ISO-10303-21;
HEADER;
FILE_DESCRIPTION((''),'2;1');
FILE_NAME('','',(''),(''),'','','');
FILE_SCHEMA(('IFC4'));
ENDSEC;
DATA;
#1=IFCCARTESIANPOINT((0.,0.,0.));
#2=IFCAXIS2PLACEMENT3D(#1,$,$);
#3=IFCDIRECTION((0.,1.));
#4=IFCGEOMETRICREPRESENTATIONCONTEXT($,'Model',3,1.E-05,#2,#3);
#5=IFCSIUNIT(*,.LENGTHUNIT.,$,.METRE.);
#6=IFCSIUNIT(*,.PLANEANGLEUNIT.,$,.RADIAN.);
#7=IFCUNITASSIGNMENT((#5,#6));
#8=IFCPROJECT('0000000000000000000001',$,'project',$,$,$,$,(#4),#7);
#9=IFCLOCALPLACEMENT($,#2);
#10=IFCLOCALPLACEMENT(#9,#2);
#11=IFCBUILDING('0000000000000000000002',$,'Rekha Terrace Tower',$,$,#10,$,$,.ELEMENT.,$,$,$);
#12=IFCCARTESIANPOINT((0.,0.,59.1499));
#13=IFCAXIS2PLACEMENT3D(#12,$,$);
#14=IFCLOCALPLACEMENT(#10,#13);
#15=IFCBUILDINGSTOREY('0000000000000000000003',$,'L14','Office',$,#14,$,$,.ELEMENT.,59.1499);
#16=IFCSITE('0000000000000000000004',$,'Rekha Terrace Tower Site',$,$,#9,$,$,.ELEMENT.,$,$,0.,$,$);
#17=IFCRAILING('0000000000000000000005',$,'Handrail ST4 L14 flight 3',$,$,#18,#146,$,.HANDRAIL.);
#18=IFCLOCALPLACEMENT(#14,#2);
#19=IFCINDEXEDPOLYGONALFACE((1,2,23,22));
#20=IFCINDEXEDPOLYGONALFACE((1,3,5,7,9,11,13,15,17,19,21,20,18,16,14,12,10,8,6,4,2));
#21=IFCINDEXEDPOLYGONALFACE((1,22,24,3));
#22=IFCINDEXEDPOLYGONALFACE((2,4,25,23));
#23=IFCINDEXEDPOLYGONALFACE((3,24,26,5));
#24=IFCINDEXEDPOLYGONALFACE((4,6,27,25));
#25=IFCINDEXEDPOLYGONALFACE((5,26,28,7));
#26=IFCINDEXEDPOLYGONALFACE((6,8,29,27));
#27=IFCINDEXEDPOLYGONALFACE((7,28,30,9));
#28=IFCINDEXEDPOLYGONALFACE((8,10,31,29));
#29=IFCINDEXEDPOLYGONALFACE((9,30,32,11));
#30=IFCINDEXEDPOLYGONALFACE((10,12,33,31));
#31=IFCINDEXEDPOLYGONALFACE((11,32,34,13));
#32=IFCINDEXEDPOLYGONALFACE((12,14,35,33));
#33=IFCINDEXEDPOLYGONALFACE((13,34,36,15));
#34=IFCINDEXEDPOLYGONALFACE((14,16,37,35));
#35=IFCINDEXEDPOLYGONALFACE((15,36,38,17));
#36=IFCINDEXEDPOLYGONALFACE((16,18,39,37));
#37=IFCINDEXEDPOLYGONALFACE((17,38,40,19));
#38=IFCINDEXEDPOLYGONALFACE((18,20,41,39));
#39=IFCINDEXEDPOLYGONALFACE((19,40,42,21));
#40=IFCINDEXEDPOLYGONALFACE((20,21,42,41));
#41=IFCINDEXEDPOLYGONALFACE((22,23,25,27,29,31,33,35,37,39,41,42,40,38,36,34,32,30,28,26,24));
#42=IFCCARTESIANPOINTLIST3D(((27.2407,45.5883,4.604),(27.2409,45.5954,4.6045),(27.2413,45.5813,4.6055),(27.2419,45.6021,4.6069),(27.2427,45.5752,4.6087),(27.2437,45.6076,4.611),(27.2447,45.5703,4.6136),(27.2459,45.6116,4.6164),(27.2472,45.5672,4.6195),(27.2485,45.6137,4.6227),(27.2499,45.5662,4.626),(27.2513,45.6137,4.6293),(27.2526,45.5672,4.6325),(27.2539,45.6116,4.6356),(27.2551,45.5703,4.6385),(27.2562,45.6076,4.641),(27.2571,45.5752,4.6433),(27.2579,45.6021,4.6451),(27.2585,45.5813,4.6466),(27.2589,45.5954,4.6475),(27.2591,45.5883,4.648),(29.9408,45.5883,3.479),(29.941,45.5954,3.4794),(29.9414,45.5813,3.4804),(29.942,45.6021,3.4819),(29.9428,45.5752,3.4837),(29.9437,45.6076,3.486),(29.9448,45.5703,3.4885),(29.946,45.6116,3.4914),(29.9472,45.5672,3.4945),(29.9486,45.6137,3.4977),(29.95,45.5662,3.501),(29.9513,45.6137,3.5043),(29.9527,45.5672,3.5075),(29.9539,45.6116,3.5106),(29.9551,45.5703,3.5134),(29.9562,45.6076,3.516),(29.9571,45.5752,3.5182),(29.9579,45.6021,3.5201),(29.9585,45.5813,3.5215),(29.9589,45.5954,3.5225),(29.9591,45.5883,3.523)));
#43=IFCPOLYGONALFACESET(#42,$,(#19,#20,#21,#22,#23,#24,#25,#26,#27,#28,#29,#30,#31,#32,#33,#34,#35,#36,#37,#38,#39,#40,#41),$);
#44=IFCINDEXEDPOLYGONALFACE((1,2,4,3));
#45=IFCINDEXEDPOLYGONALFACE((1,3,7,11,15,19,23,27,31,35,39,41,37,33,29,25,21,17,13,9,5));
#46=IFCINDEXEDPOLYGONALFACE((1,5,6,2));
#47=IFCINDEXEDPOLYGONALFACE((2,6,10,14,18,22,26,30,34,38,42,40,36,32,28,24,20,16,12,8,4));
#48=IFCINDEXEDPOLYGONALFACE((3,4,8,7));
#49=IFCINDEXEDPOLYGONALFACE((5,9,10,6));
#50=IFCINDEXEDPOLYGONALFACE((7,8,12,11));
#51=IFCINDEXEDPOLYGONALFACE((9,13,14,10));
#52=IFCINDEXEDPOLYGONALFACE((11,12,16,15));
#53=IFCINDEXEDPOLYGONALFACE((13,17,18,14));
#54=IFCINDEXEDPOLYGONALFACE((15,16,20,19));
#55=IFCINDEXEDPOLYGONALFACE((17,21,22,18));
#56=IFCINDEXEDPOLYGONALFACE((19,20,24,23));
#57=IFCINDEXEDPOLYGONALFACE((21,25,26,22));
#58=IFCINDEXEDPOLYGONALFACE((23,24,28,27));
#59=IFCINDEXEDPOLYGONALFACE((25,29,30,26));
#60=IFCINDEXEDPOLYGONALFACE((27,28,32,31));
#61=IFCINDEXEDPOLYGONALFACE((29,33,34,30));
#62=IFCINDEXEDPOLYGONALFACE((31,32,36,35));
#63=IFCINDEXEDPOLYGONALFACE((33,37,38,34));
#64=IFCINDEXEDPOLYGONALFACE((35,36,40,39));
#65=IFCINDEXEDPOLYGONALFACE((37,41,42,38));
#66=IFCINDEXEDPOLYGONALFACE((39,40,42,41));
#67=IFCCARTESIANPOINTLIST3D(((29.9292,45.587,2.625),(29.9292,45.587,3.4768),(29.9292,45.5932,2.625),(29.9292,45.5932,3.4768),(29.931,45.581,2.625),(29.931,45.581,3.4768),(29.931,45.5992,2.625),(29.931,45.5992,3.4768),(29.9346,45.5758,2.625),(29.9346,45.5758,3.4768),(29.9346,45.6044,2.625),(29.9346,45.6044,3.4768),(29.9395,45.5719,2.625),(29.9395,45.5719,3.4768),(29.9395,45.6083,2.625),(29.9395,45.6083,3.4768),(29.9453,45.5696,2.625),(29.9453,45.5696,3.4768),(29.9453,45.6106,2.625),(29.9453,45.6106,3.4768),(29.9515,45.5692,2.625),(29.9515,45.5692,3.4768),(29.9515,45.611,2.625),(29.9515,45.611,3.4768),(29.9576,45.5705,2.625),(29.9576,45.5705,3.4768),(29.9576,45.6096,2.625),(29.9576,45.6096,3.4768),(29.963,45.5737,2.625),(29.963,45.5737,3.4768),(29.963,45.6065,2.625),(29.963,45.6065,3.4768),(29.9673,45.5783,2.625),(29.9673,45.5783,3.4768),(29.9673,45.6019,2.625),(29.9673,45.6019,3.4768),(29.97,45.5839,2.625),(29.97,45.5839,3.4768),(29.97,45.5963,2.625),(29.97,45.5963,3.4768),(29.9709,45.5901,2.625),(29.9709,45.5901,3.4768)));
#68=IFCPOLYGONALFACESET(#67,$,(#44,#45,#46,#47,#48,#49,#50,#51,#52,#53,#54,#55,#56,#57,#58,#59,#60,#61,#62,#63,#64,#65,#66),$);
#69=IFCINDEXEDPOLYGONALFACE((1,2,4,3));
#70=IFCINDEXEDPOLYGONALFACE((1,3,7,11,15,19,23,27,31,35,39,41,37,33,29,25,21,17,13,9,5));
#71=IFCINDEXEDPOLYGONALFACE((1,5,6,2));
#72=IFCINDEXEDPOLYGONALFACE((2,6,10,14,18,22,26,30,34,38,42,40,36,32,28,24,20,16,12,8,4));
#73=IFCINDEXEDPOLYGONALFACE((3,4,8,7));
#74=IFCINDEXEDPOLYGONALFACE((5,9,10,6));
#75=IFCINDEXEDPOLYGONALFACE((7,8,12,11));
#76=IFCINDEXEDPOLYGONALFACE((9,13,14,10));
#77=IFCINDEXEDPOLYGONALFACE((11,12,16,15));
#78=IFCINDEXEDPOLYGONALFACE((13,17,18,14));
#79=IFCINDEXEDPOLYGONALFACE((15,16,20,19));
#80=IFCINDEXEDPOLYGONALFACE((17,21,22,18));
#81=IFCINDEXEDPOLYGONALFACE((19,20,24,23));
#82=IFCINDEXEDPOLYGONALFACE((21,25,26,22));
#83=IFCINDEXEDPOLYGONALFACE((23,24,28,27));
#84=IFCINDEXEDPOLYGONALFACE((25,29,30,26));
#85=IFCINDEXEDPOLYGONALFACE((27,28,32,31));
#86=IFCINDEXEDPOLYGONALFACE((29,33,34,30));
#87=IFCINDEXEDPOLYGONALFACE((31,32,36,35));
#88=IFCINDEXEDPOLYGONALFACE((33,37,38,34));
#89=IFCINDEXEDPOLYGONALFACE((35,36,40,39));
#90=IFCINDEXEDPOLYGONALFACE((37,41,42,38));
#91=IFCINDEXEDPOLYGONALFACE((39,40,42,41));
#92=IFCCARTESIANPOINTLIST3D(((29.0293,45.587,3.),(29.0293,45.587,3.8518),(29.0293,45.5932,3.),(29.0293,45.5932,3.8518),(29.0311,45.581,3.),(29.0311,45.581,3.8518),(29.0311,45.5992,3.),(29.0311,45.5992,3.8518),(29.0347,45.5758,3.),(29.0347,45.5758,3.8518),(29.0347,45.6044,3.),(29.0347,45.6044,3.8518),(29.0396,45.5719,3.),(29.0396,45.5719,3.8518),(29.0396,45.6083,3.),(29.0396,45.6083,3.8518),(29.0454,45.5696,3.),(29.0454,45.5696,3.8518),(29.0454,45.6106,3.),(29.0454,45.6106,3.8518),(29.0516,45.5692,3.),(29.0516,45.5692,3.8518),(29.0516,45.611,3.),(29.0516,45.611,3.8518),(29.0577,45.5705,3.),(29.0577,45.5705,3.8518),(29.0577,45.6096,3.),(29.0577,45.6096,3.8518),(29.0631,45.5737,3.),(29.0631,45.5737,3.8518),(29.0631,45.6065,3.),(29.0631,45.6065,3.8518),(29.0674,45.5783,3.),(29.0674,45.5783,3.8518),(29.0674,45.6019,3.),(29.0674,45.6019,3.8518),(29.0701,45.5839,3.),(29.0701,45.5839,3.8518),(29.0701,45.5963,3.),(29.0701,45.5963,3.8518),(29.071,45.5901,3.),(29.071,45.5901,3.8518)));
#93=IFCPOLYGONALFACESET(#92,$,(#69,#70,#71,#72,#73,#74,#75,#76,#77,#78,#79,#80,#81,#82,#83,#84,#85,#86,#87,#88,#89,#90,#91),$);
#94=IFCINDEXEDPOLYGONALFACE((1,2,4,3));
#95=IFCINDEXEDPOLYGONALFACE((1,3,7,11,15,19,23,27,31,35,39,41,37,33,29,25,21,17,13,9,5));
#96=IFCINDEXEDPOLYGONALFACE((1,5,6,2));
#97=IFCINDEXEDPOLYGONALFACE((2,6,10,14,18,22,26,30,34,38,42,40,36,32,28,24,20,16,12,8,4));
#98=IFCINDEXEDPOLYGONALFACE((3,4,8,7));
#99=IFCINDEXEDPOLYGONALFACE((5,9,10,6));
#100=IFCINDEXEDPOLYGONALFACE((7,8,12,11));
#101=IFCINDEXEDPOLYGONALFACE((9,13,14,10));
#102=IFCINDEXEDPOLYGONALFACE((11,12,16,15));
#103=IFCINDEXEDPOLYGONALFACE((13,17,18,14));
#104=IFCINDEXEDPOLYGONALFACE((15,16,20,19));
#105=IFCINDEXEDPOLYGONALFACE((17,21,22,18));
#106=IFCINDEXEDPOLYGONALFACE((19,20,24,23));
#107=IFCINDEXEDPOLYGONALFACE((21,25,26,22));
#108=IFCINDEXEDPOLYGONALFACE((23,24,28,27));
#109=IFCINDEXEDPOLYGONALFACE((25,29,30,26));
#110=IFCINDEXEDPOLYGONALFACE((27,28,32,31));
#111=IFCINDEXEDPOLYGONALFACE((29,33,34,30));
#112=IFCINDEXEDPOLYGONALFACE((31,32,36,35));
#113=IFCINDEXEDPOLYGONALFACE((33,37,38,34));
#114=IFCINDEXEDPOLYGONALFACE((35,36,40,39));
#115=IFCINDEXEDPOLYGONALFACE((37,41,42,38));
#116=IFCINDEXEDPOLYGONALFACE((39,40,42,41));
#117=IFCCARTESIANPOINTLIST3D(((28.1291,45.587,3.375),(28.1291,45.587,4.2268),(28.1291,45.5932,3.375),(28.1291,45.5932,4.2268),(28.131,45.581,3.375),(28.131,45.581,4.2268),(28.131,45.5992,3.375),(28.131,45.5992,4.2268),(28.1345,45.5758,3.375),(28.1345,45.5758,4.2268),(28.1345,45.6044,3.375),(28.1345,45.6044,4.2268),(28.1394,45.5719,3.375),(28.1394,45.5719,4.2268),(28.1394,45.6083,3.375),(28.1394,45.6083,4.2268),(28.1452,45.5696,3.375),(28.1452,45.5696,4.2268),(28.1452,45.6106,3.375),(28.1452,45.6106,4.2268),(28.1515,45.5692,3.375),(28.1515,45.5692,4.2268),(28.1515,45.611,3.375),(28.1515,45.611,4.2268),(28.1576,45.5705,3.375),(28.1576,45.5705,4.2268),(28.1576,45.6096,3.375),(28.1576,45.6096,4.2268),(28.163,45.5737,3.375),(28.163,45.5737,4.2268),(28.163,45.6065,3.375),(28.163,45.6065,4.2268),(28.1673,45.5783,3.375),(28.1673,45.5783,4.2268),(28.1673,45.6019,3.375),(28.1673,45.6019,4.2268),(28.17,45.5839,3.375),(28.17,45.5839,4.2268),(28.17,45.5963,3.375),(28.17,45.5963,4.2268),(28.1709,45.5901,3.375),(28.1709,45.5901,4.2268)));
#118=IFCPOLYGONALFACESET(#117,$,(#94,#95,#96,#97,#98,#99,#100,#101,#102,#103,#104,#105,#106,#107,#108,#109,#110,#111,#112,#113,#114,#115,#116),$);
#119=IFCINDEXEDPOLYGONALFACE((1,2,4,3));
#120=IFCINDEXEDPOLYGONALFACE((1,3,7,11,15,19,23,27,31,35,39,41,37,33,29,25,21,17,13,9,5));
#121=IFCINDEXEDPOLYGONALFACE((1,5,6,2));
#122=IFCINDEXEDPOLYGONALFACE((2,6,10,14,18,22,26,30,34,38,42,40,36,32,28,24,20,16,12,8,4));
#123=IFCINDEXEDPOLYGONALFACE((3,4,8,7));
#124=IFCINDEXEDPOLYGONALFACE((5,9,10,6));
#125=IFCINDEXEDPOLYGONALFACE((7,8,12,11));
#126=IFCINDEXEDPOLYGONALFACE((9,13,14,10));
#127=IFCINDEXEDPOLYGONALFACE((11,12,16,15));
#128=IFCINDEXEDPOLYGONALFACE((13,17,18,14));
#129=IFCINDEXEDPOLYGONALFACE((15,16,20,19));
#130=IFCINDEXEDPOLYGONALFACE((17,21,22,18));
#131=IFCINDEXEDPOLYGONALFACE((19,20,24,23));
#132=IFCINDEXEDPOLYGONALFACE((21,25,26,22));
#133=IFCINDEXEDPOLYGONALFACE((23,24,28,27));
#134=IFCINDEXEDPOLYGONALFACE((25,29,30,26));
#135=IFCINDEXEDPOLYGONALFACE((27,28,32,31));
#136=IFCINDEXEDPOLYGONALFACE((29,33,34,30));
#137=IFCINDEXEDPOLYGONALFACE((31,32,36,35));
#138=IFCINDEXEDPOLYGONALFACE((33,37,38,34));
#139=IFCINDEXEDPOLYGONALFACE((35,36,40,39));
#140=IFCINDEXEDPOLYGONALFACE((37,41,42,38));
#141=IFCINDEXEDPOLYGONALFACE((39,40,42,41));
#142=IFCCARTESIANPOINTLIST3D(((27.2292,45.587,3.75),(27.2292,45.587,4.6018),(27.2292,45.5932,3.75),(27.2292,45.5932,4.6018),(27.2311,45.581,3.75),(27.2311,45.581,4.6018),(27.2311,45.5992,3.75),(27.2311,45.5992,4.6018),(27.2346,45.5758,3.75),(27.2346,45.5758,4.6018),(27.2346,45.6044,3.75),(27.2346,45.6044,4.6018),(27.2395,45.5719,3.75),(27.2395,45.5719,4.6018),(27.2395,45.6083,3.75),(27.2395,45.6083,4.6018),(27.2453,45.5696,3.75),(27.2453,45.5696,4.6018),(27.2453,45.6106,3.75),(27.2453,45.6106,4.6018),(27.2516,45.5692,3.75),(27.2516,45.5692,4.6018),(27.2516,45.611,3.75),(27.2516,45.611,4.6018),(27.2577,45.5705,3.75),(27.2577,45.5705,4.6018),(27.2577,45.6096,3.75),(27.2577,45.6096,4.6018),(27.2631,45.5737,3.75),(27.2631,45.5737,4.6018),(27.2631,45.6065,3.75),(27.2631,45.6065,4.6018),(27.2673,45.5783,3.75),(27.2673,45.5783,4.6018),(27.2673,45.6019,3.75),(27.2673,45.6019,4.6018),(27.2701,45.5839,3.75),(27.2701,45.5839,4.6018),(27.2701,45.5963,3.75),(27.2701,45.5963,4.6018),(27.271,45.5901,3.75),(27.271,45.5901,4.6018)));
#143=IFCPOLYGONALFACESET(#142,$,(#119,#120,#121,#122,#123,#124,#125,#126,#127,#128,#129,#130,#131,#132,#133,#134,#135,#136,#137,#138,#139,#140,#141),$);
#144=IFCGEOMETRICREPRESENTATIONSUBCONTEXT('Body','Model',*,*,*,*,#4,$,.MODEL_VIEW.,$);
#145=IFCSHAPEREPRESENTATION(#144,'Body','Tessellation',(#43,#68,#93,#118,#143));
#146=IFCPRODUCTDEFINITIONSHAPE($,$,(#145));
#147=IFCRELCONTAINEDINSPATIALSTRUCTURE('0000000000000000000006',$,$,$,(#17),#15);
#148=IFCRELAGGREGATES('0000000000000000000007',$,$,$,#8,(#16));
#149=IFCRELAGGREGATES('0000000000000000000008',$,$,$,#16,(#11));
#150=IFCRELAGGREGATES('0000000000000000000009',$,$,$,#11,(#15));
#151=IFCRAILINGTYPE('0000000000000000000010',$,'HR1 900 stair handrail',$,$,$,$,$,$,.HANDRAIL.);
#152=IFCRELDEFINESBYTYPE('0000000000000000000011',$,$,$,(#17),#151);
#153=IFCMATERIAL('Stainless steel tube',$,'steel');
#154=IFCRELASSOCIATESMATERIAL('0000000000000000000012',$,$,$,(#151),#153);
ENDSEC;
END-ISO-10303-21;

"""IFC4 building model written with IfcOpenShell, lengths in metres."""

from ifc_helpers import new_model, si_unit, direction, frame, origin, origin_2d, place, context, subcontext, project, spatial, circle, extrude, material, type_object, element, save


model = new_model("IFC4")

# Units and contexts
model_context = context("Model", 3, precision=1e-05, world=origin(), true_north=direction((0.0, 1.0)))
body_context = subcontext(model_context, "Body", "Model", "MODEL_VIEW")
ifc_project = project(units=[si_unit("LENGTHUNIT", "METRE"), si_unit("PLANEANGLEUNIT", "RADIAN")], contexts=[model_context])

# Site, building, storey
site_placement = place(None, origin())
site = spatial("IfcSite", under=ifc_project, at=site_placement, Name="Rekha Terrace Tower Site", CompositionType="ELEMENT", RefElevation=0.0)
building_placement = place(site_placement, origin())
building = spatial("IfcBuilding", under=site, at=building_placement, Name="Rekha Terrace Tower", CompositionType="ELEMENT")
storey_placement = place(building_placement, frame((0.0, 0.0, 59.1499)))
storey = spatial("IfcBuildingStorey", under=building, at=storey_placement, Name="L14", Description="Office", CompositionType="ELEMENT", Elevation=59.1499)

# Railing
ifc_material_1 = material(Name="Stainless steel tube", Category="steel")
railing_type_1 = type_object("IfcRailingType", Name="HR1 900 stair handrail", PredefinedType="HANDRAIL", material=ifc_material_1)
railing_1_placement = place(storey_placement, frame((29.95, 45.5901, 2.625)))
element("IfcRailing", 1, at=railing_1_placement, inside=storey, type_object=railing_type_1, Name="Handrail ST4 L14 flight 3", PredefinedType="HANDRAIL", context=body_context, shape_type="SweptSolid", body=[
    extrude(circle(Radius=0.0239, at=origin_2d()), frame((0.0, 0.0, 0.876), z_axis=(-0.923074, 0.0, 0.384621), x_axis=(0.0, -1.0, 0.0)), (0.0, 0.0, 1.0), 2.925),
    extrude(circle(Radius=0.021, at=origin_2d()), origin(), (0.0, 0.0, 1.0), 0.8518),
    extrude(circle(Radius=0.021, at=origin_2d()), frame((-0.8999, 0.0, 0.375)), (0.0, 0.0, 1.0), 0.8518),
    extrude(circle(Radius=0.021, at=origin_2d()), frame((-1.8, 0.0, 0.75)), (0.0, 0.0, 1.0), 0.8518),
    extrude(circle(Radius=0.021, at=origin_2d()), frame((-2.7, 0.0, 1.125)), (0.0, 0.0, 1.0), 0.8518),
])

save(model, "model.ifc")
